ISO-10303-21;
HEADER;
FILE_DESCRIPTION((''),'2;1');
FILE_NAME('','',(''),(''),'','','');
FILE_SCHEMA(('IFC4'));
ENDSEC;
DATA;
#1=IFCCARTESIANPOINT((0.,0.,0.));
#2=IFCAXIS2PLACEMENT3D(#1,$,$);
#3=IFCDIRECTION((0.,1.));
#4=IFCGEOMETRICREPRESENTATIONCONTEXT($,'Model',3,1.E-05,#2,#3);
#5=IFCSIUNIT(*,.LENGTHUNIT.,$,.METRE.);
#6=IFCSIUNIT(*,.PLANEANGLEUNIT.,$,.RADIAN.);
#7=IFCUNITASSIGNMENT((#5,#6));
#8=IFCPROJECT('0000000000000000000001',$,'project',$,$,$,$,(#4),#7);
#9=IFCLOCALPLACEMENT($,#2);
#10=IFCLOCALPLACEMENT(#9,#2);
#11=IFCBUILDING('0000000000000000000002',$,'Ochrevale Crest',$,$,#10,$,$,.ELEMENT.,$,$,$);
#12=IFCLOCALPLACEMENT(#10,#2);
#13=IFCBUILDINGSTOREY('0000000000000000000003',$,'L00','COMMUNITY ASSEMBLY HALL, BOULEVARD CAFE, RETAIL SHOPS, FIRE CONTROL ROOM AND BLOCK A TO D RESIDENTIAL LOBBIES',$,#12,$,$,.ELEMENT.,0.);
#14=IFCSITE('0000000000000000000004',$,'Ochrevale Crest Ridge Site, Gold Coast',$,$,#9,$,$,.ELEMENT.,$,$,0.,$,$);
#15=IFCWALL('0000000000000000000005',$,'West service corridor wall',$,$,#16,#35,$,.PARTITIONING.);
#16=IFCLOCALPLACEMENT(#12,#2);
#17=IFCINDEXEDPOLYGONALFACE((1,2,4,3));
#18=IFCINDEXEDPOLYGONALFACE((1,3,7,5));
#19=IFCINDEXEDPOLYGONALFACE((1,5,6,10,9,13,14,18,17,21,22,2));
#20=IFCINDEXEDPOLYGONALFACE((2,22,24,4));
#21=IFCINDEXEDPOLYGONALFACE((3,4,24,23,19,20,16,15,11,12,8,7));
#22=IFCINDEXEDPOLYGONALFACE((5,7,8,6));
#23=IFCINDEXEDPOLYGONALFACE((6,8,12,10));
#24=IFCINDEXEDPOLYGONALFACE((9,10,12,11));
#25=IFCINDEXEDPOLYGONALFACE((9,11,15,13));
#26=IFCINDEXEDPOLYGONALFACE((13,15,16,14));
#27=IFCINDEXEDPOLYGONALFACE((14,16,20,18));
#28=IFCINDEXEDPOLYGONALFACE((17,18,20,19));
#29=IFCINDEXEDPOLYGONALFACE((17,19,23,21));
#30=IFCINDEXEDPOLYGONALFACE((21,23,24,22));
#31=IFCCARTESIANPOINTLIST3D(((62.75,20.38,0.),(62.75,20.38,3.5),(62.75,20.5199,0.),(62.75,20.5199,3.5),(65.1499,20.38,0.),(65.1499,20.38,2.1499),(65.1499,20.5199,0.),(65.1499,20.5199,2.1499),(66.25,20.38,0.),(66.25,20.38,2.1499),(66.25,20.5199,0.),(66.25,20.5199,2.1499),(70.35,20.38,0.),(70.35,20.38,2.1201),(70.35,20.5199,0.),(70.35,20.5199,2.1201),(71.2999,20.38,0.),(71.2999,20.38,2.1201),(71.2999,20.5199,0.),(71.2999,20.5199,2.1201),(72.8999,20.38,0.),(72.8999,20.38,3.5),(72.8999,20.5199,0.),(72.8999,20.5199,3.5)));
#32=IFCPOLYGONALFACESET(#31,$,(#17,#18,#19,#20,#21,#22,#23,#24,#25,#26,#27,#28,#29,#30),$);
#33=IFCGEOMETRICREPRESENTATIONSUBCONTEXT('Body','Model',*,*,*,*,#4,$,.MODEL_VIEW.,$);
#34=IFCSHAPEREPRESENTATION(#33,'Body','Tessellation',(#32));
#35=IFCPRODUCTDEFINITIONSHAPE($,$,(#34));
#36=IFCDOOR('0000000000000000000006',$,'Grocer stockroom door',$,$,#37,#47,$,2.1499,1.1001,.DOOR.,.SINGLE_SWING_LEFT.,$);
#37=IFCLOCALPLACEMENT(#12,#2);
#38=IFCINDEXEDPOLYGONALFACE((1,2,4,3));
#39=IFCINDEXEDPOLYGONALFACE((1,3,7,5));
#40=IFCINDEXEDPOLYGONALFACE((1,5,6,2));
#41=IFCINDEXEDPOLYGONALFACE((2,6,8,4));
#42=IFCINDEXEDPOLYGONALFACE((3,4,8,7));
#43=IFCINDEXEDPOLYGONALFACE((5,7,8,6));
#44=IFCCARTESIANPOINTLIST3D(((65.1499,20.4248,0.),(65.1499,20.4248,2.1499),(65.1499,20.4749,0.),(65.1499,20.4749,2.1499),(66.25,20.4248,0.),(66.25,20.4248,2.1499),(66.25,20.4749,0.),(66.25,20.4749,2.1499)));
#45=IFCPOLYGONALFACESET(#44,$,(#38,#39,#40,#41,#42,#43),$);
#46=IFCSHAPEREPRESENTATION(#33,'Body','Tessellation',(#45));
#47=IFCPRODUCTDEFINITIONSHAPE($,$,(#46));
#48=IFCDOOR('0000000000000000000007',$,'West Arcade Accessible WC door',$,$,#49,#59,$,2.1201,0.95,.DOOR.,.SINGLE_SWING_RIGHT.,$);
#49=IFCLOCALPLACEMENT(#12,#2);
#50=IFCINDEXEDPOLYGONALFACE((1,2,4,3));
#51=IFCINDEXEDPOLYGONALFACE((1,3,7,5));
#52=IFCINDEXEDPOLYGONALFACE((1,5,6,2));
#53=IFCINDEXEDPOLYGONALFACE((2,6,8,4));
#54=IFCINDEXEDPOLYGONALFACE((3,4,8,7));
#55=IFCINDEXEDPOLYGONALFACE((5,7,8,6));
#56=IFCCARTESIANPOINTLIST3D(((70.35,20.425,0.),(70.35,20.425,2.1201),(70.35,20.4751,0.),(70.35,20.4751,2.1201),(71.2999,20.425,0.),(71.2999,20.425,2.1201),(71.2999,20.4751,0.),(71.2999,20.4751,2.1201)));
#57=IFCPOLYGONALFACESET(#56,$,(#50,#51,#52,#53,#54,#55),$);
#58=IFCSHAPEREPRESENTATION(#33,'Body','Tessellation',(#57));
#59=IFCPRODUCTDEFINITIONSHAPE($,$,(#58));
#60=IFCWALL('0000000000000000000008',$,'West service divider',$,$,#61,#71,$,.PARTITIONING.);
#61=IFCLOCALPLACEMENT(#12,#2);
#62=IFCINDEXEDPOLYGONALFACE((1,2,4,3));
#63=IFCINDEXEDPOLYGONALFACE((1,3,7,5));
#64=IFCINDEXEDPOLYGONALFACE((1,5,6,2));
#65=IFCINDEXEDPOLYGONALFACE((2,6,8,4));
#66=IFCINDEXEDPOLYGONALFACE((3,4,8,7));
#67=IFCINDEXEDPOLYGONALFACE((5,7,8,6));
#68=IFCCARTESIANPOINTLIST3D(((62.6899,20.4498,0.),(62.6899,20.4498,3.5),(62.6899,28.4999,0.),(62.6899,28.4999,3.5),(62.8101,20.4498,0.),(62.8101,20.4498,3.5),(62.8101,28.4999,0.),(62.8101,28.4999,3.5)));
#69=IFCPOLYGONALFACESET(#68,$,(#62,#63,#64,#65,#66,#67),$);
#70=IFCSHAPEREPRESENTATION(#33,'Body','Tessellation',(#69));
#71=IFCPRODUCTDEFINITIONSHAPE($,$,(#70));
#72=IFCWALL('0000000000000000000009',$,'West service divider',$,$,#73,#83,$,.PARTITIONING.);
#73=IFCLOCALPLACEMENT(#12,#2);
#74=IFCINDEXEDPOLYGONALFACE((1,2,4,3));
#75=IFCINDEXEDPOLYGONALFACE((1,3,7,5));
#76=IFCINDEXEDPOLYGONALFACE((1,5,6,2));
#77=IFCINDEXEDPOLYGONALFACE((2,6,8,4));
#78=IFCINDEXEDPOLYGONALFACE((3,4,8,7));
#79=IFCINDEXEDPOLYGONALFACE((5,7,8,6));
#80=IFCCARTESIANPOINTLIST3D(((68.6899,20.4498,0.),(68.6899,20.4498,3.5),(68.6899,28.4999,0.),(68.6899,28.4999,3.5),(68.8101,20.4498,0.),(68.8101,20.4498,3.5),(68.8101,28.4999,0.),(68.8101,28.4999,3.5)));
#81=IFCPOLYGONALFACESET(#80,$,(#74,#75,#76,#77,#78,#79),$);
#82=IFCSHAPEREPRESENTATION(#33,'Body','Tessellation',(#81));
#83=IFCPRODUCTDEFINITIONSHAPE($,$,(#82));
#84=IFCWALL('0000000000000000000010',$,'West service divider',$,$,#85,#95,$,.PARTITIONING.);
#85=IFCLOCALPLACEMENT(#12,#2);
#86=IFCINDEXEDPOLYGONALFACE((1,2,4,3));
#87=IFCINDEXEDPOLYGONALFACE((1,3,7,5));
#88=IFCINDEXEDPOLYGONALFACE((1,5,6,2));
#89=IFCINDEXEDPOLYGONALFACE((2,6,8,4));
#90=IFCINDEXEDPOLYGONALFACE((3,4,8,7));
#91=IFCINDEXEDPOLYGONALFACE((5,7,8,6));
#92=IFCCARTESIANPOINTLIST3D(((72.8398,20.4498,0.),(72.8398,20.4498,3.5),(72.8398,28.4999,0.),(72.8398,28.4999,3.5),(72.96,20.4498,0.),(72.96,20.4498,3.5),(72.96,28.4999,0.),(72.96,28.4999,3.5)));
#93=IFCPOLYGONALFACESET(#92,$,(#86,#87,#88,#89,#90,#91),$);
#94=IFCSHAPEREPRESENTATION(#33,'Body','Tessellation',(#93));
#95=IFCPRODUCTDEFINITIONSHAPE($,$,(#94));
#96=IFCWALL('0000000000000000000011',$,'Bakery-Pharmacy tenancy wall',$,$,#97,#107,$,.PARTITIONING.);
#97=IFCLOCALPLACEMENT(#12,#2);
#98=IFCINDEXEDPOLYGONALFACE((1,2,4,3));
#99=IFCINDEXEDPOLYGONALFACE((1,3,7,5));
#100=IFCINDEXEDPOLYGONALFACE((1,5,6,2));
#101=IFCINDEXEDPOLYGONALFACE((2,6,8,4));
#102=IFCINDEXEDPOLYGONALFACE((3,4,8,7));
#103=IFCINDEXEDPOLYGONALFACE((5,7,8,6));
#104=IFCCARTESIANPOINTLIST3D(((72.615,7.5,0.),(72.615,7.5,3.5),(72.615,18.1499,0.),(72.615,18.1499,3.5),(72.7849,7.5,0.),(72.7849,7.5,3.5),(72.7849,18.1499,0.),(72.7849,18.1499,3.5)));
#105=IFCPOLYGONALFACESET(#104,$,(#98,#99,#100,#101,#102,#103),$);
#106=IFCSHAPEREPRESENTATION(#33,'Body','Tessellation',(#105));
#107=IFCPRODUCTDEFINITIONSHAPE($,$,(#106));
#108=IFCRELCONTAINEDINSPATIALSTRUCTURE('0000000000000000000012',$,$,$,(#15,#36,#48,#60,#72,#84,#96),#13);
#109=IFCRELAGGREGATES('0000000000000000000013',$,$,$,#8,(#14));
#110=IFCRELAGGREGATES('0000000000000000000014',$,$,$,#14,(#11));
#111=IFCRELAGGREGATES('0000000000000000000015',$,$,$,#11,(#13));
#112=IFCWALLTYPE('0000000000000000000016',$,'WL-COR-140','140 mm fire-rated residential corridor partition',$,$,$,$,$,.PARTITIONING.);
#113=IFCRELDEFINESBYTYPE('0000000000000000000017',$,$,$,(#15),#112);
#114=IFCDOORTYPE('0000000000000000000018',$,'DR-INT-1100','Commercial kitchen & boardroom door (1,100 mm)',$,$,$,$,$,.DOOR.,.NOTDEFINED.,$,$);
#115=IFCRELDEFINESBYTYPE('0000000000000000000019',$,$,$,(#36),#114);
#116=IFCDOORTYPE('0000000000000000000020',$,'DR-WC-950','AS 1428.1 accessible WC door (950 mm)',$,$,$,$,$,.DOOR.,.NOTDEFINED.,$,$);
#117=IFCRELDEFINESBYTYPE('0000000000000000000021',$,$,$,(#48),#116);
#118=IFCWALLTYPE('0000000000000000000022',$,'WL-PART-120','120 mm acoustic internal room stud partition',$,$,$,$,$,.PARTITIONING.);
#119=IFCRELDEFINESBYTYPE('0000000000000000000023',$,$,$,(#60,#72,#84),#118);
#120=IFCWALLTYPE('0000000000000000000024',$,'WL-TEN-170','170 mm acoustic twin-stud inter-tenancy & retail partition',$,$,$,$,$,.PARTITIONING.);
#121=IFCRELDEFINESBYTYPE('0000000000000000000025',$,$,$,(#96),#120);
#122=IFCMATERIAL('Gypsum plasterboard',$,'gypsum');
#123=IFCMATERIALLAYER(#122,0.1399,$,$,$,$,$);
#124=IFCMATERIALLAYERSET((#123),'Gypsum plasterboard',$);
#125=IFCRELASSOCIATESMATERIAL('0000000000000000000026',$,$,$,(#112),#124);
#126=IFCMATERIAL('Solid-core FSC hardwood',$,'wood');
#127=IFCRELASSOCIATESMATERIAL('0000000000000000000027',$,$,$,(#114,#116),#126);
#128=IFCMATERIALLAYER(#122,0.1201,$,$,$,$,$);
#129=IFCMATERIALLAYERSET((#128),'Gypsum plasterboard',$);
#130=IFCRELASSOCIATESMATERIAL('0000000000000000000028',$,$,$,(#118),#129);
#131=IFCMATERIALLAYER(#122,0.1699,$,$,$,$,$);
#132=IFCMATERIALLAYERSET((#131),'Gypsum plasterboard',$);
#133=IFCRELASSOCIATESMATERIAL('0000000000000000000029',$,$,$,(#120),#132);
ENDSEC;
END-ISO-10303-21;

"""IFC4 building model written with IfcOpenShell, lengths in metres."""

from ifc_helpers import new_model, si_unit, direction, frame, frame_2d, origin, place, context, subcontext, project, spatial, rectangle, extrude, material, layer, layer_set, type_object, element, fill, save


model = new_model("IFC4")

# Units and contexts
model_context = context("Model", 3, precision=1e-05, world=origin(), true_north=direction((0.0, 1.0)))
body_context = subcontext(model_context, "Body", "Model", "MODEL_VIEW")
ifc_project = project(units=[si_unit("LENGTHUNIT", "METRE"), si_unit("PLANEANGLEUNIT", "RADIAN")], contexts=[model_context])

# Site, building, storey
site_placement = place(None, origin())
site = spatial("IfcSite", under=ifc_project, at=site_placement, Name="Ochrevale Crest Ridge Site, Gold Coast", CompositionType="ELEMENT", RefElevation=0.0)
building_placement = place(site_placement, origin())
building = spatial("IfcBuilding", under=site, at=building_placement, Name="Ochrevale Crest", CompositionType="ELEMENT")
storey_placement = place(building_placement, origin())
storey = spatial("IfcBuildingStorey", under=building, at=storey_placement, Name="L00", Description="COMMUNITY ASSEMBLY HALL, BOULEVARD CAFE, RETAIL SHOPS, FIRE CONTROL ROOM AND BLOCK A TO D RESIDENTIAL LOBBIES", CompositionType="ELEMENT", Elevation=0.0)

# Wall, openings, doors
ifc_material_1 = material(Name="Gypsum plasterboard", Category="gypsum")
ifc_layer_1 = layer(ifc_material_1, 0.1399)
ifc_layer_set_1 = layer_set([ifc_layer_1], Name="Gypsum plasterboard")
wall_type_1 = type_object("IfcWallType", Name="WL-COR-140", Description="140 mm fire-rated residential corridor partition", PredefinedType="PARTITIONING", material=ifc_layer_set_1)
wall_1_placement = place(storey_placement, frame((62.75, 20.45, 0.0), z_axis=(0.0, 0.0, 1.0), x_axis=(1.0, 0.0, 0.0)))
wall_1 = element("IfcWall", 1, at=wall_1_placement, inside=storey, type_object=wall_type_1, Name="West service corridor wall", PredefinedType="PARTITIONING", context=body_context, shape_type="SweptSolid", body=[
    extrude(rectangle(XDim=10.1499, YDim=0.1399, at=frame_2d((5.075, 0.0))), origin(), (0.0, 0.0, 1.0), 3.5),
])
opening_1_placement = place(wall_1_placement, frame((2.3999, 0.0, 0.0)))
opening_1 = element("IfcOpeningElement", 2, at=opening_1_placement, cuts=wall_1, PredefinedType="OPENING", context=body_context, shape_type="SweptSolid", body=[
    extrude(rectangle(XDim=1.1001, YDim=2.1499, at=frame_2d((0.55, 1.075))), frame((0.0, 0.0801, 0.0), z_axis=(0.0, -1.0, 0.0), x_axis=(1.0, 0.0, 0.0)), (0.0, 0.0, 1.0), 0.1599),
])
opening_2_placement = place(wall_1_placement, frame((8.55, 0.0, 0.0), z_axis=(0.0, 0.0, 1.0), x_axis=(-1.0, 0.0, 0.0)))
opening_2 = element("IfcOpeningElement", 3, at=opening_2_placement, cuts=wall_1, PredefinedType="OPENING", context=body_context, shape_type="SweptSolid", body=[
    extrude(rectangle(XDim=0.95, YDim=2.1201, at=frame_2d((0.4751, 1.0601))), frame((0.0, 0.0801, 0.0), z_axis=(0.0, -1.0, 0.0), x_axis=(1.0, 0.0, 0.0)), (0.0, 0.0, 1.0), 0.1599),
])
ifc_material_2 = material(Name="Solid-core FSC hardwood", Category="wood")
door_type_1 = type_object("IfcDoorType", Name="DR-INT-1100", Description="Commercial kitchen & boardroom door (1,100 mm)", OperationType="NOTDEFINED", PredefinedType="DOOR", material=ifc_material_2)
door_1_placement = place(opening_1_placement, origin())
door_1 = element("IfcDoor", 4, at=door_1_placement, inside=storey, type_object=door_type_1, Name="Grocer stockroom door", OperationType="SINGLE_SWING_LEFT", OverallHeight=2.1499, OverallWidth=1.1001, PredefinedType="DOOR", context=body_context, shape_type="SweptSolid", body=[
    extrude(rectangle(XDim=1.1001, YDim=2.1499, at=frame_2d((0.55, 1.075))), frame((0.0, 0.0249, 0.0), z_axis=(0.0, -1.0, 0.0), x_axis=(1.0, 0.0, 0.0)), (0.0, 0.0, 1.0), 0.05),
])
fill(opening_1, door_1)
door_type_2 = type_object("IfcDoorType", Name="DR-WC-950", Description="AS 1428.1 accessible WC door (950 mm)", OperationType="NOTDEFINED", PredefinedType="DOOR", material=ifc_material_2)
door_2_placement = place(opening_2_placement, origin())
door_2 = element("IfcDoor", 5, at=door_2_placement, inside=storey, type_object=door_type_2, Name="West Arcade Accessible WC door", OperationType="SINGLE_SWING_RIGHT", OverallHeight=2.1201, OverallWidth=0.95, PredefinedType="DOOR", context=body_context, shape_type="SweptSolid", body=[
    extrude(rectangle(XDim=0.95, YDim=2.1201, at=frame_2d((0.4751, 1.0601))), frame((0.0, 0.0249, 0.0), z_axis=(0.0, -1.0, 0.0), x_axis=(1.0, 0.0, 0.0)), (0.0, 0.0, 1.0), 0.05),
])
fill(opening_2, door_2)

# Walls
ifc_layer_2 = layer(ifc_material_1, 0.1201)
ifc_layer_set_2 = layer_set([ifc_layer_2], Name="Gypsum plasterboard")
wall_type_2 = type_object("IfcWallType", Name="WL-PART-120", Description="120 mm acoustic internal room stud partition", PredefinedType="PARTITIONING", material=ifc_layer_set_2)
for number, where, z_axis, x_axis, name in (
    (6, (62.75, 20.45, 0.0), (0.0, 0.0, 1.0), (0.0, 1.0, 0.0), "West service divider"),
    (7, (68.75, 20.45, 0.0), (0.0, 0.0, 1.0), (0.0, 1.0, 0.0), "West service divider"),
    (8, (72.8999, 20.45, 0.0), (0.0, 0.0, 1.0), (0.0, 1.0, 0.0), "West service divider"),
):
    element("IfcWall", number, at=place(storey_placement, frame(where, z_axis=z_axis, x_axis=x_axis)), inside=storey, type_object=wall_type_2, Name=name, PredefinedType="PARTITIONING", context=body_context, shape_type="SweptSolid", body=[
        extrude(rectangle(XDim=8.05, YDim=0.1201, at=frame_2d((4.0249, 0.0))), origin(), (0.0, 0.0, 1.0), 3.5),
    ])
ifc_layer_3 = layer(ifc_material_1, 0.1699)
ifc_layer_set_3 = layer_set([ifc_layer_3], Name="Gypsum plasterboard")
wall_type_3 = type_object("IfcWallType", Name="WL-TEN-170", Description="170 mm acoustic twin-stud inter-tenancy & retail partition", PredefinedType="PARTITIONING", material=ifc_layer_set_3)
wall_2_placement = place(storey_placement, frame((72.7, 7.5, 0.0), z_axis=(0.0, 0.0, 1.0), x_axis=(0.0, 1.0, 0.0)))
element("IfcWall", 9, at=wall_2_placement, inside=storey, type_object=wall_type_3, Name="Bakery-Pharmacy tenancy wall", PredefinedType="PARTITIONING", context=body_context, shape_type="SweptSolid", body=[
    extrude(rectangle(XDim=10.6499, YDim=0.1699, at=frame_2d((5.325, 0.0))), origin(), (0.0, 0.0, 1.0), 3.5),
])

save(model, "model.ifc")
